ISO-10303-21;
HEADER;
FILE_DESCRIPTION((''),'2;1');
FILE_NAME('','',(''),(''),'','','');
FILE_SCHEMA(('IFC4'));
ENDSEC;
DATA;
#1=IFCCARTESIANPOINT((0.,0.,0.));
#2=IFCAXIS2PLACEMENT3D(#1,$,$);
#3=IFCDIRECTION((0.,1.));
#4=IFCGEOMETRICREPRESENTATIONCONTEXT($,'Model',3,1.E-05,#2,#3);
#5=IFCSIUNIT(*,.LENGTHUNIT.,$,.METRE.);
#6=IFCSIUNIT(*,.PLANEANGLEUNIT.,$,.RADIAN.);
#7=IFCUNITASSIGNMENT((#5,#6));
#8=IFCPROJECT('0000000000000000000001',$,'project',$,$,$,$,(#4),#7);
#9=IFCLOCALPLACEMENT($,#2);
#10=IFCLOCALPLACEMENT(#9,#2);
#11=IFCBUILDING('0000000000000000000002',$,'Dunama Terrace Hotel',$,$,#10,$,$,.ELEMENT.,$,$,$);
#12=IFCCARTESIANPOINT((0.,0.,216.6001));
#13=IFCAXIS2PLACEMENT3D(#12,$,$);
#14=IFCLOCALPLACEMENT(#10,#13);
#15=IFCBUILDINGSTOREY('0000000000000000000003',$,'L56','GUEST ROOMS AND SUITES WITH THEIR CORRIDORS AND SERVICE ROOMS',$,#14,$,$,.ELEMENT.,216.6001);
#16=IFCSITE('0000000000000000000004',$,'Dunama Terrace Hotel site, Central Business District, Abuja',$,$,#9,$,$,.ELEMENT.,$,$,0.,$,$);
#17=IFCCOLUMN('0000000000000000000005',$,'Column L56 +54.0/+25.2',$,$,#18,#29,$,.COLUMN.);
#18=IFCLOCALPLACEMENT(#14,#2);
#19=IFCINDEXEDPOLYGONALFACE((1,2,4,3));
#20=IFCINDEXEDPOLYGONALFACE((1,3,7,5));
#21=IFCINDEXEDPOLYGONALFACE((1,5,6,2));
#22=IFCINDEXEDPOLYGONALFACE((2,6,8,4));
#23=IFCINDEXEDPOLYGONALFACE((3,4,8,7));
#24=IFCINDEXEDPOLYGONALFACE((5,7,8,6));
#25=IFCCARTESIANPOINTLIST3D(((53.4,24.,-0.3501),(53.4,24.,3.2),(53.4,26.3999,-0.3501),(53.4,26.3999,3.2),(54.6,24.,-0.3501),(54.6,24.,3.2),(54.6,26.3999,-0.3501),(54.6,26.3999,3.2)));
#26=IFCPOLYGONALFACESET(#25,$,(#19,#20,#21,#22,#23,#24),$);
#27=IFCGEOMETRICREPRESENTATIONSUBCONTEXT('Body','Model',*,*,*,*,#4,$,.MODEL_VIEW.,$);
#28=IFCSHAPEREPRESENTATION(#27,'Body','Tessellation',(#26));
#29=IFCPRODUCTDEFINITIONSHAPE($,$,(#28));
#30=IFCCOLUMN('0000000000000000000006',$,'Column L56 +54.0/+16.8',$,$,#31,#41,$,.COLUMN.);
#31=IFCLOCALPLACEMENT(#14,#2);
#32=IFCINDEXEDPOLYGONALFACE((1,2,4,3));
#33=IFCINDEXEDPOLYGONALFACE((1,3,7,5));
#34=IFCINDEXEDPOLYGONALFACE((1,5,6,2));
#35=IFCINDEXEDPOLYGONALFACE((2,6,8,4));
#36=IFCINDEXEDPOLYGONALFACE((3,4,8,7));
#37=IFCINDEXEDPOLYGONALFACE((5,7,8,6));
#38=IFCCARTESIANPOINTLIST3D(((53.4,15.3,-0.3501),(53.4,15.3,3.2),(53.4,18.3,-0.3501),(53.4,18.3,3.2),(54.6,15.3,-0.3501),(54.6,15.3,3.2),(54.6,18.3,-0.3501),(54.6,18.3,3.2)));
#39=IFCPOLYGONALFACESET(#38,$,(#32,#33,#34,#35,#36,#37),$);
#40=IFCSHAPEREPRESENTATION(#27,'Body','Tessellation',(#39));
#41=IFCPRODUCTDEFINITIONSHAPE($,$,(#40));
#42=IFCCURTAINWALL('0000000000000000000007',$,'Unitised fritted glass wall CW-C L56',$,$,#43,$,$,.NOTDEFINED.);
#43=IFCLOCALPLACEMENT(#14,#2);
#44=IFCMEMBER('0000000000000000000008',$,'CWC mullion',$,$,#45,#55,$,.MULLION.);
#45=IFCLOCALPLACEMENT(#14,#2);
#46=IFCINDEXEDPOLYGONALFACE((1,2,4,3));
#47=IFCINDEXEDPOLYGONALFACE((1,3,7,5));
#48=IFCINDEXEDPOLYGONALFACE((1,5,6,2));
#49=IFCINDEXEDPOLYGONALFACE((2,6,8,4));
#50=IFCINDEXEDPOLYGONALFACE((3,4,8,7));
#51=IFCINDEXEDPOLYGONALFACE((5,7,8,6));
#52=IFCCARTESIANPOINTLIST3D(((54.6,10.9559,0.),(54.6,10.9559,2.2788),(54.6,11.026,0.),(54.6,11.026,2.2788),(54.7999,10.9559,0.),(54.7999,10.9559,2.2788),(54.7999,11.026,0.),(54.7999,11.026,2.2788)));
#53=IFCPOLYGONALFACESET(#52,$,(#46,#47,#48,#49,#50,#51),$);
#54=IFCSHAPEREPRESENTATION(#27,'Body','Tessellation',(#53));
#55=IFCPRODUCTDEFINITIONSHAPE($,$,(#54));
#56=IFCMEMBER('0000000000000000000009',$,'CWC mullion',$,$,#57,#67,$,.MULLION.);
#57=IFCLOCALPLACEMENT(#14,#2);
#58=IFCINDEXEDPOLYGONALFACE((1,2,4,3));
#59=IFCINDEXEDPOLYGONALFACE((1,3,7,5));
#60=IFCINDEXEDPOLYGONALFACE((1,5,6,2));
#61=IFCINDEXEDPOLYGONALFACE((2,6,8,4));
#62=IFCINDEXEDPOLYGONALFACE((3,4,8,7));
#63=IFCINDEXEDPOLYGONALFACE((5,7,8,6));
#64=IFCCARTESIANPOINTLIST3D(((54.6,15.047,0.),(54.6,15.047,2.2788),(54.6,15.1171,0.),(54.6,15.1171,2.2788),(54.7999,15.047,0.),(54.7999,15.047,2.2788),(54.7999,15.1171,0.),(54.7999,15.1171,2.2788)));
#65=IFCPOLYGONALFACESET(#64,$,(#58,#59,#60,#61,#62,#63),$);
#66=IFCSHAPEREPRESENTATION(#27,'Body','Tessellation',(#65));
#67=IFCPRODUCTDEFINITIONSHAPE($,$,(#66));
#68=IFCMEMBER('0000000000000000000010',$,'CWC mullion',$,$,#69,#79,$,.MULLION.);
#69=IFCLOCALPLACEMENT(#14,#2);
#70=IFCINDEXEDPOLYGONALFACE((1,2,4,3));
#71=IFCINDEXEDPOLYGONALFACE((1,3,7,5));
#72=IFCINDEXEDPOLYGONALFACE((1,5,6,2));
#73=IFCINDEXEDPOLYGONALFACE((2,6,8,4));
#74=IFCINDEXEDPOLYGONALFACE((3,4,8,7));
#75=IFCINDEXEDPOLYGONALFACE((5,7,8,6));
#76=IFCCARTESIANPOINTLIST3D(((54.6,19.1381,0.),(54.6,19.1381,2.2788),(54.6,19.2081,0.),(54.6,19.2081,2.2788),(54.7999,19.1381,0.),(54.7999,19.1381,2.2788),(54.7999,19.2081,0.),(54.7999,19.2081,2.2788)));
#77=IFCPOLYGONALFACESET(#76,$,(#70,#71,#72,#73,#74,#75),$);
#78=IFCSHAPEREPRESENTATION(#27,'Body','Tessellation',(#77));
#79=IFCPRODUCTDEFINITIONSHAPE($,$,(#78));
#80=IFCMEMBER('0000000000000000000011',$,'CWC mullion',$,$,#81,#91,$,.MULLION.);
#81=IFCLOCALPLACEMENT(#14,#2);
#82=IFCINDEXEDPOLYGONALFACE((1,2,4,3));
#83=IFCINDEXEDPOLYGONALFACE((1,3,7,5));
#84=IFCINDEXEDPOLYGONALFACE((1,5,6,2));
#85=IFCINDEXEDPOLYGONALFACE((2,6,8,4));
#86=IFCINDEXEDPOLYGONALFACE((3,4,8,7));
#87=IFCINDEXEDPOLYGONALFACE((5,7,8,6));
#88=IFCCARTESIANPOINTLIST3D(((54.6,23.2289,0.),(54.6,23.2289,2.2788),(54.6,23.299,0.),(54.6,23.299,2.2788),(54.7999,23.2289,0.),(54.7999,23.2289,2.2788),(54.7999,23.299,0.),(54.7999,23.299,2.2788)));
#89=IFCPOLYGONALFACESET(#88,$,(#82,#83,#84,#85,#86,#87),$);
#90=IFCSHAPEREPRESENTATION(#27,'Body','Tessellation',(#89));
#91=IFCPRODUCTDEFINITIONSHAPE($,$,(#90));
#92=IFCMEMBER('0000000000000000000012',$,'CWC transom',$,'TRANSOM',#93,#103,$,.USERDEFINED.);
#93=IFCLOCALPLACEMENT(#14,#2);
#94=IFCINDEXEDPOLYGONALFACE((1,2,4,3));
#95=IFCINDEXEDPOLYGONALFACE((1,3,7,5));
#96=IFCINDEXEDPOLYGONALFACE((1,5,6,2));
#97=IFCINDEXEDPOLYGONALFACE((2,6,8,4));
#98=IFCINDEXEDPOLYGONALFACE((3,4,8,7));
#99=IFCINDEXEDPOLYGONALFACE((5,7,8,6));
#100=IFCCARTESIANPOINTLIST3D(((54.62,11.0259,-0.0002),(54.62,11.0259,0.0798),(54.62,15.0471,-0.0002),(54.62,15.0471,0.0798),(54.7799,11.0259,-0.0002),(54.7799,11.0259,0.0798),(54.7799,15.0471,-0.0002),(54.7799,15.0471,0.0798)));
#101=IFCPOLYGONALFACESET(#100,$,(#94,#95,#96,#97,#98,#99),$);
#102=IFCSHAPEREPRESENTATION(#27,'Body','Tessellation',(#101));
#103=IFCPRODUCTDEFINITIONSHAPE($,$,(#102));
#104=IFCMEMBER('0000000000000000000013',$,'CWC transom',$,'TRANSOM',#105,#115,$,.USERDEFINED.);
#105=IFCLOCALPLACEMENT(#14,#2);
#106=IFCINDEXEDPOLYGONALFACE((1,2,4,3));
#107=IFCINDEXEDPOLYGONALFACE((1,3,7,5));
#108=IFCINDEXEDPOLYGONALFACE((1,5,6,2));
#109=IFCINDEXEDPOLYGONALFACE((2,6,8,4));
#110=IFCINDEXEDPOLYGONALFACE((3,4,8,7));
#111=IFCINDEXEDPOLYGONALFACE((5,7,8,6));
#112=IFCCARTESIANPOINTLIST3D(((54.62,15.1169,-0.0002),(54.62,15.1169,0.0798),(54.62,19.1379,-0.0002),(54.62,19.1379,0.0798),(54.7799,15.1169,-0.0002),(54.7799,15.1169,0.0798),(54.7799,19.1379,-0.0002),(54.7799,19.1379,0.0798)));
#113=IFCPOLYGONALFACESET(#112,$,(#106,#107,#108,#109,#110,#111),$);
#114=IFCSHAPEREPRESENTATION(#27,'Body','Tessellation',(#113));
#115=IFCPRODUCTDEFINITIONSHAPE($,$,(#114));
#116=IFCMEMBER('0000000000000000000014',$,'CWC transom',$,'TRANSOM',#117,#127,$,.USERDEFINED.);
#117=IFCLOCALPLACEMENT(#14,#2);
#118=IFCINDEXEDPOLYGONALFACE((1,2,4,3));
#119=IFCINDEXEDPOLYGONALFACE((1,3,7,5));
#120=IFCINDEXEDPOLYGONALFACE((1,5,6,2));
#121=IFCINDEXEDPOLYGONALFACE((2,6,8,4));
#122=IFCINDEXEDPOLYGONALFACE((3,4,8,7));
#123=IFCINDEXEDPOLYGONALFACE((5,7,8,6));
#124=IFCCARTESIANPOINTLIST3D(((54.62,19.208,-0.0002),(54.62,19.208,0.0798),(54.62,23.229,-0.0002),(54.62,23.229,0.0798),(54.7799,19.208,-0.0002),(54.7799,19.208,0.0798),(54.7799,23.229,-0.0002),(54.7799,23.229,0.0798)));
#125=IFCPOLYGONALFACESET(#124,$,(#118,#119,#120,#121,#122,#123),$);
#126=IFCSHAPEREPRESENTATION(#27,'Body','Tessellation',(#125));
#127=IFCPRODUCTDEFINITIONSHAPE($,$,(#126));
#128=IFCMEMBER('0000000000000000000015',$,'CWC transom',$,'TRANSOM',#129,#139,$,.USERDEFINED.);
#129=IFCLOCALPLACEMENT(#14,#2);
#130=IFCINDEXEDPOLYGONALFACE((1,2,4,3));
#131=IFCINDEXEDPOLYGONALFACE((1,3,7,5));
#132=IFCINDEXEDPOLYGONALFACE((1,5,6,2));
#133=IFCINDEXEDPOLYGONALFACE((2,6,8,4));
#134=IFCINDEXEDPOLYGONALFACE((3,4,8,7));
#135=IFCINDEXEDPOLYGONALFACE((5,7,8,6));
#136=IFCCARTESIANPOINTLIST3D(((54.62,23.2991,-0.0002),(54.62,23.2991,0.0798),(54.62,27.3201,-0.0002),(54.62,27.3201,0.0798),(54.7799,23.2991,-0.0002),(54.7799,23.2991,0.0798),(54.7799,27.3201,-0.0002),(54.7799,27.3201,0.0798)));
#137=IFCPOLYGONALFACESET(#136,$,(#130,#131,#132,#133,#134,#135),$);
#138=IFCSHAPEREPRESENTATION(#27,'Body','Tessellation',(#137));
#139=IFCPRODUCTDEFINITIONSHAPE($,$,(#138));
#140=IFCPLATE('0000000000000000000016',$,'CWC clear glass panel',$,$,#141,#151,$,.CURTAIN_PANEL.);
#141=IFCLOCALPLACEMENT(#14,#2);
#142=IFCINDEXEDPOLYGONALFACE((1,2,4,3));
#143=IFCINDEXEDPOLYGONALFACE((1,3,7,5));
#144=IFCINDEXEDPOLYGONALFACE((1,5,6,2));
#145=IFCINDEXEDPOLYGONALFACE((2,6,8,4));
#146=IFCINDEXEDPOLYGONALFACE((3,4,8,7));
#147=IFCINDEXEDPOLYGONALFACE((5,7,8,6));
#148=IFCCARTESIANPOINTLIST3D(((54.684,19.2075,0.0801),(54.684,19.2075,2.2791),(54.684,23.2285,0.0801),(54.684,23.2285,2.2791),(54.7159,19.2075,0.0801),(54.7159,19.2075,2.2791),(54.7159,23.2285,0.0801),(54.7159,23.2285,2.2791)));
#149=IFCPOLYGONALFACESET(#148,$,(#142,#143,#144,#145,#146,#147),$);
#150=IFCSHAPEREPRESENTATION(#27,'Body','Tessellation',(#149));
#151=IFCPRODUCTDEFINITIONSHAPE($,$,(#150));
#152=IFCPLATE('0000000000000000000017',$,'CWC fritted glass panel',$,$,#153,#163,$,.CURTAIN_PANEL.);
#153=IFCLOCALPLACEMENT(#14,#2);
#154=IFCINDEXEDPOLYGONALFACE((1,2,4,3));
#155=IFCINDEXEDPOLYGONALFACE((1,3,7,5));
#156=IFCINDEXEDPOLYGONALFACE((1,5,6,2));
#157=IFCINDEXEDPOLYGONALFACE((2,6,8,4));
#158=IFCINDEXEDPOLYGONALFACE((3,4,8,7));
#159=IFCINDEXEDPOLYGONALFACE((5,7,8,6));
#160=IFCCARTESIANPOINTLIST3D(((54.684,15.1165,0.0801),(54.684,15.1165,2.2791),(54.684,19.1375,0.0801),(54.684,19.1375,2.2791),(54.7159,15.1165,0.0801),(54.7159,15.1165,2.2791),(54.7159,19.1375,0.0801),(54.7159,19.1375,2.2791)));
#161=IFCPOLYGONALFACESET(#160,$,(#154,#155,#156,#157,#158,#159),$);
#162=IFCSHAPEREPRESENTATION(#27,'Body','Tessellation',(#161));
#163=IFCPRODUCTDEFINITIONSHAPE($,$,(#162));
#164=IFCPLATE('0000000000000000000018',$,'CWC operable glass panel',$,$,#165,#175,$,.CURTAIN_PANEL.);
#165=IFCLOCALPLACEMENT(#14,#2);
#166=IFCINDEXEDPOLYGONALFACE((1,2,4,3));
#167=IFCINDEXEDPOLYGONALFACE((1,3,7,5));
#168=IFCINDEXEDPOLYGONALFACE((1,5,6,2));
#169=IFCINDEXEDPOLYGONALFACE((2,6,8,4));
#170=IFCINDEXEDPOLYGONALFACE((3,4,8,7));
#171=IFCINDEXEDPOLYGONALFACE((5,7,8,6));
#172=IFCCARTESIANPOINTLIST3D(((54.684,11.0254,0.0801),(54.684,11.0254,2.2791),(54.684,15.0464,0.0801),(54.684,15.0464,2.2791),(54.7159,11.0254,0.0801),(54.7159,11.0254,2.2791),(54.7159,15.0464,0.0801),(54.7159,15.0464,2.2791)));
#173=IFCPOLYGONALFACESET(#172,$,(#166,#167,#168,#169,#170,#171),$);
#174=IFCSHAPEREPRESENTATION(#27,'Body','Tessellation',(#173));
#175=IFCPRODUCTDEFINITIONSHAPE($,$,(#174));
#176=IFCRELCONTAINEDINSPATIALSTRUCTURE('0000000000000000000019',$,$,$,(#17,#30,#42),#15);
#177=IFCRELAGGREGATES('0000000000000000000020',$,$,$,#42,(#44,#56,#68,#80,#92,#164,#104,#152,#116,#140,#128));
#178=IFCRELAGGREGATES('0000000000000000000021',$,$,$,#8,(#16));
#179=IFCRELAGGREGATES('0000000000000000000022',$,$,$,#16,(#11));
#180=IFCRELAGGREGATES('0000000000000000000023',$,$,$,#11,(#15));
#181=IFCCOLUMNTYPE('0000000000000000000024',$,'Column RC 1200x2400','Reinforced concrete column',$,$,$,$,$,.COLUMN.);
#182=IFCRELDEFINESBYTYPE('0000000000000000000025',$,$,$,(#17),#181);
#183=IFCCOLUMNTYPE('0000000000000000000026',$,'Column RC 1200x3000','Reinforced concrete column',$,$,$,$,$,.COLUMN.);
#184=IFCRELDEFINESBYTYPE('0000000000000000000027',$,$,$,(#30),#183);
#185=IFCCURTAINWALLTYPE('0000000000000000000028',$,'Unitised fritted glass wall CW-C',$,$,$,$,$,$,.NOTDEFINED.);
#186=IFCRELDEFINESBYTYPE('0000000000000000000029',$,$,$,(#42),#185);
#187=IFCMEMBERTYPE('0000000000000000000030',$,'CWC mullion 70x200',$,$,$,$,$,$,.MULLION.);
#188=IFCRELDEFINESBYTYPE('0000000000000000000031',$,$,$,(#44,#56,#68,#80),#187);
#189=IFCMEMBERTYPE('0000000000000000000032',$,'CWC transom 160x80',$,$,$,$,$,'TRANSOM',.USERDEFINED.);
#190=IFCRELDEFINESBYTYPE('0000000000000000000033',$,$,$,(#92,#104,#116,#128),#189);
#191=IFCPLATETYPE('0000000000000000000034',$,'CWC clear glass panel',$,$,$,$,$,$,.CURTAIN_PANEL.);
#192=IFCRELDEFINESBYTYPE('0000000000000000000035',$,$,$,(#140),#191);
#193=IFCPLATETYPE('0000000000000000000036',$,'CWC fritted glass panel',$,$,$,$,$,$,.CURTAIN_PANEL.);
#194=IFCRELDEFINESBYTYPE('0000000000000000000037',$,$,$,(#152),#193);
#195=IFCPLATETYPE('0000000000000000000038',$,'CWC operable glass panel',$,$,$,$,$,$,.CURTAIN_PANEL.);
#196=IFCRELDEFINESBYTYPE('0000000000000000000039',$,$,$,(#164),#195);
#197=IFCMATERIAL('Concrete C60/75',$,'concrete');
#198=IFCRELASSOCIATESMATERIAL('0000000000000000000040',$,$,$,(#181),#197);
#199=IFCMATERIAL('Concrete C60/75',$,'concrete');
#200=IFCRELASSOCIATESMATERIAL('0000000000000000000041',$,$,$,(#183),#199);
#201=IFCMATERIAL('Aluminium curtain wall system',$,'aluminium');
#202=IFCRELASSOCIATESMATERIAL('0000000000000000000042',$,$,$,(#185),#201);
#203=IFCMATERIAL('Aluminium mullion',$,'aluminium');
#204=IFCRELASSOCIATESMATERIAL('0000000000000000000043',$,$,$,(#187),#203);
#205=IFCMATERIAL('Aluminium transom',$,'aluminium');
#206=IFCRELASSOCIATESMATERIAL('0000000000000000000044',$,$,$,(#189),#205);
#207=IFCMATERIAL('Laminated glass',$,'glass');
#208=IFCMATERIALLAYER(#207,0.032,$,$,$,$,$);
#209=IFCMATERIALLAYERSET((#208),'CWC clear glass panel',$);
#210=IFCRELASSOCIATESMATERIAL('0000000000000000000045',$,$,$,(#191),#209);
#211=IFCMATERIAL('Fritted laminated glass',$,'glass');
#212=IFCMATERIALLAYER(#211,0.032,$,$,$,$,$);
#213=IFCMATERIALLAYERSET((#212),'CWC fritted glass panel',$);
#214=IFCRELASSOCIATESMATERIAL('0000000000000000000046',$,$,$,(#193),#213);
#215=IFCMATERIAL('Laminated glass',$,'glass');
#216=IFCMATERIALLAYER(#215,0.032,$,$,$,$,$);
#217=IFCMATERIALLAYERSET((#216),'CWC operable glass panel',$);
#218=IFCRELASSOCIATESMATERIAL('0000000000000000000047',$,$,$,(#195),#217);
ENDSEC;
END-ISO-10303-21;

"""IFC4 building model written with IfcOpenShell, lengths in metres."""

from ifc_helpers import new_model, si_unit, direction, frame, origin, origin_2d, place, context, subcontext, project, spatial, rectangle, extrude, material, layer, layer_set, material_profile, profile_set, type_object, element, aggregate, save


model = new_model("IFC4")

# Units and contexts
model_context = context("Model", 3, precision=1e-05, world=origin(), true_north=direction((0.0, 1.0)))
body_context = subcontext(model_context, "Body", "Model", "MODEL_VIEW")
ifc_project = project(units=[si_unit("LENGTHUNIT", "METRE"), si_unit("PLANEANGLEUNIT", "RADIAN")], contexts=[model_context])

# Site, building, storey
site_placement = place(None, origin())
site = spatial("IfcSite", under=ifc_project, at=site_placement, Name="Dunama Terrace Hotel site, Central Business District, Abuja", CompositionType="ELEMENT", RefElevation=0.0)
building_placement = place(site_placement, origin())
building = spatial("IfcBuilding", under=site, at=building_placement, Name="Dunama Terrace Hotel", CompositionType="ELEMENT")
storey_placement = place(building_placement, frame((0.0, 0.0, 216.6001)))
storey = spatial("IfcBuildingStorey", under=building, at=storey_placement, Name="L56", Description="GUEST ROOMS AND SUITES WITH THEIR CORRIDORS AND SERVICE ROOMS", CompositionType="ELEMENT", Elevation=216.6001)

# Columns
ifc_material_1 = material(Name="Concrete C60/75", Category="concrete")
ifc_material_profile_1 = material_profile(ifc_material_1, rectangle(XDim=1.2, YDim=2.3999, at=origin_2d()), Name="RC 1200x2400")
ifc_profile_set_1 = profile_set([ifc_material_profile_1], Name="Concrete C60/75")
column_type_1 = type_object("IfcColumnType", Name="Column RC 1200x2400", Description="Reinforced concrete column", PredefinedType="COLUMN", material=ifc_profile_set_1)
column_1_placement = place(storey_placement, frame((54.0, 25.2, -0.3501), z_axis=(0.0, 0.0, 1.0), x_axis=(1.0, 0.0, 0.0)))
element("IfcColumn", 1, at=column_1_placement, inside=storey, type_object=column_type_1, Name="Column L56 +54.0/+25.2", PredefinedType="COLUMN", context=body_context, shape_type="SweptSolid", body=[
    extrude(rectangle(XDim=1.2, YDim=2.3999, at=origin_2d()), origin(), (0.0, 0.0, 1.0), 3.55),
])
ifc_material_2 = material(Name="Concrete C60/75", Category="concrete")
ifc_material_profile_2 = material_profile(ifc_material_2, rectangle(XDim=1.2, YDim=3.0, at=origin_2d()), Name="RC 1200x3000")
ifc_profile_set_2 = profile_set([ifc_material_profile_2], Name="Concrete C60/75")
column_type_2 = type_object("IfcColumnType", Name="Column RC 1200x3000", Description="Reinforced concrete column", PredefinedType="COLUMN", material=ifc_profile_set_2)
column_2_placement = place(storey_placement, frame((54.0, 16.8, -0.3501), z_axis=(0.0, 0.0, 1.0), x_axis=(1.0, 0.0, 0.0)))
element("IfcColumn", 2, at=column_2_placement, inside=storey, type_object=column_type_2, Name="Column L56 +54.0/+16.8", PredefinedType="COLUMN", context=body_context, shape_type="SweptSolid", body=[
    extrude(rectangle(XDim=1.2, YDim=3.0, at=origin_2d()), origin(), (0.0, 0.0, 1.0), 3.55),
])

# Curtain wall, members, plates
ifc_material_3 = material(Name="Aluminium curtain wall system", Category="aluminium")
curtain_wall_type = type_object("IfcCurtainWallType", Name="Unitised fritted glass wall CW-C", PredefinedType="NOTDEFINED", material=ifc_material_3)
curtain_wall_placement = place(storey_placement, origin())
curtain_wall = element("IfcCurtainWall", 3, at=curtain_wall_placement, inside=storey, type_object=curtain_wall_type, Name="Unitised fritted glass wall CW-C L56", PredefinedType="NOTDEFINED")
ifc_material_4 = material(Name="Aluminium mullion", Category="aluminium")
ifc_material_profile_3 = material_profile(ifc_material_4, rectangle(XDim=0.0701, YDim=0.2, at=origin_2d()), Name="CWC MULLION 70X200")
ifc_profile_set_3 = profile_set([ifc_material_profile_3], Name="Aluminium mullion")
member_type_1 = type_object("IfcMemberType", Name="CWC mullion 70x200", PredefinedType="MULLION", material=ifc_profile_set_3)
member_1_placement = place(storey_placement, frame((54.7, 10.991, 0.0), z_axis=(0.0, 0.0, 1.0), x_axis=(0.0, 1.0, 0.0)))
member_1 = element("IfcMember", 4, at=member_1_placement, type_object=member_type_1, Name="CWC mullion", PredefinedType="MULLION", context=body_context, shape_type="SweptSolid", body=[
    extrude(rectangle(XDim=0.0701, YDim=0.2, at=origin_2d()), origin(), (0.0, 0.0, 1.0), 2.2788),
])
member_2_placement = place(storey_placement, frame((54.7, 15.082, 0.0), z_axis=(0.0, 0.0, 1.0), x_axis=(0.0, 1.0, 0.0)))
member_2 = element("IfcMember", 5, at=member_2_placement, type_object=member_type_1, Name="CWC mullion", PredefinedType="MULLION", context=body_context, shape_type="SweptSolid", body=[
    extrude(rectangle(XDim=0.0701, YDim=0.2, at=origin_2d()), origin(), (0.0, 0.0, 1.0), 2.2788),
])
member_3_placement = place(storey_placement, frame((54.7, 19.1731, 0.0), z_axis=(0.0, 0.0, 1.0), x_axis=(0.0, 1.0, 0.0)))
member_3 = element("IfcMember", 6, at=member_3_placement, type_object=member_type_1, Name="CWC mullion", PredefinedType="MULLION", context=body_context, shape_type="SweptSolid", body=[
    extrude(rectangle(XDim=0.0701, YDim=0.2, at=origin_2d()), origin(), (0.0, 0.0, 1.0), 2.2788),
])
member_4_placement = place(storey_placement, frame((54.7, 23.2639, 0.0), z_axis=(0.0, 0.0, 1.0), x_axis=(0.0, 1.0, 0.0)))
member_4 = element("IfcMember", 7, at=member_4_placement, type_object=member_type_1, Name="CWC mullion", PredefinedType="MULLION", context=body_context, shape_type="SweptSolid", body=[
    extrude(rectangle(XDim=0.0701, YDim=0.2, at=origin_2d()), origin(), (0.0, 0.0, 1.0), 2.2788),
])
ifc_material_5 = material(Name="Aluminium transom", Category="aluminium")
ifc_material_profile_4 = material_profile(ifc_material_5, rectangle(XDim=0.1599, YDim=0.0801, at=origin_2d()), Name="CWC TRANSOM 160X80")
ifc_profile_set_4 = profile_set([ifc_material_profile_4], Name="Aluminium transom")
member_type_2 = type_object("IfcMemberType", Name="CWC transom 160x80", ElementType="TRANSOM", PredefinedType="USERDEFINED", material=ifc_profile_set_4)
member_5_placement = place(storey_placement, frame((54.7, 11.0259, 0.0398), z_axis=(0.0, 1.0, 0.0), x_axis=(-1.0, 0.0, 0.0)))
member_5 = element("IfcMember", 8, at=member_5_placement, type_object=member_type_2, Name="CWC transom", ObjectType="TRANSOM", PredefinedType="USERDEFINED", context=body_context, shape_type="SweptSolid", body=[
    extrude(rectangle(XDim=0.1599, YDim=0.0801, at=origin_2d()), origin(), (0.0, 0.0, 1.0), 4.0212),
])
member_6_placement = place(storey_placement, frame((54.7, 15.1169, 0.0398), z_axis=(0.0, 1.0, 0.0), x_axis=(-1.0, 0.0, 0.0)))
member_6 = element("IfcMember", 9, at=member_6_placement, type_object=member_type_2, Name="CWC transom", ObjectType="TRANSOM", PredefinedType="USERDEFINED", context=body_context, shape_type="SweptSolid", body=[
    extrude(rectangle(XDim=0.1599, YDim=0.0801, at=origin_2d()), origin(), (0.0, 0.0, 1.0), 4.021),
])
member_7_placement = place(storey_placement, frame((54.7, 19.208, 0.0398), z_axis=(0.0, 1.0, 0.0), x_axis=(-1.0, 0.0, 0.0)))
member_7 = element("IfcMember", 10, at=member_7_placement, type_object=member_type_2, Name="CWC transom", ObjectType="TRANSOM", PredefinedType="USERDEFINED", context=body_context, shape_type="SweptSolid", body=[
    extrude(rectangle(XDim=0.1599, YDim=0.0801, at=origin_2d()), origin(), (0.0, 0.0, 1.0), 4.021),
])
member_8_placement = place(storey_placement, frame((54.7, 23.2991, 0.0398), z_axis=(0.0, 1.0, 0.0), x_axis=(-1.0, 0.0, 0.0)))
member_8 = element("IfcMember", 11, at=member_8_placement, type_object=member_type_2, Name="CWC transom", ObjectType="TRANSOM", PredefinedType="USERDEFINED", context=body_context, shape_type="SweptSolid", body=[
    extrude(rectangle(XDim=0.1599, YDim=0.0801, at=origin_2d()), origin(), (0.0, 0.0, 1.0), 4.021),
])
ifc_material_6 = material(Name="Laminated glass", Category="glass")
ifc_layer_1 = layer(ifc_material_6, 0.032)
ifc_layer_set_1 = layer_set([ifc_layer_1], Name="CWC clear glass panel")
plate_type_1 = type_object("IfcPlateType", Name="CWC clear glass panel", PredefinedType="CURTAIN_PANEL", material=ifc_layer_set_1)
plate_1_placement = place(storey_placement, frame((54.7, 21.218, 0.0801), z_axis=(0.0, 0.0, 1.0), x_axis=(0.0, 1.0, 0.0)))
plate_1 = element("IfcPlate", 12, at=plate_1_placement, type_object=plate_type_1, Name="CWC clear glass panel", PredefinedType="CURTAIN_PANEL", context=body_context, shape_type="SweptSolid", body=[
    extrude(rectangle(XDim=4.021, YDim=0.032, at=origin_2d()), origin(), (0.0, 0.0, 1.0), 2.199),
])
ifc_material_7 = material(Name="Fritted laminated glass", Category="glass")
ifc_layer_2 = layer(ifc_material_7, 0.032)
ifc_layer_set_2 = layer_set([ifc_layer_2], Name="CWC fritted glass panel")
plate_type_2 = type_object("IfcPlateType", Name="CWC fritted glass panel", PredefinedType="CURTAIN_PANEL", material=ifc_layer_set_2)
plate_2_placement = place(storey_placement, frame((54.7, 17.127, 0.0801), z_axis=(0.0, 0.0, 1.0), x_axis=(0.0, 1.0, 0.0)))
plate_2 = element("IfcPlate", 13, at=plate_2_placement, type_object=plate_type_2, Name="CWC fritted glass panel", PredefinedType="CURTAIN_PANEL", context=body_context, shape_type="SweptSolid", body=[
    extrude(rectangle(XDim=4.021, YDim=0.032, at=origin_2d()), origin(), (0.0, 0.0, 1.0), 2.199),
])
ifc_material_8 = material(Name="Laminated glass", Category="glass")
ifc_layer_3 = layer(ifc_material_8, 0.032)
ifc_layer_set_3 = layer_set([ifc_layer_3], Name="CWC operable glass panel")
plate_type_3 = type_object("IfcPlateType", Name="CWC operable glass panel", PredefinedType="CURTAIN_PANEL", material=ifc_layer_set_3)
plate_3_placement = place(storey_placement, frame((54.7, 13.0359, 0.0801), z_axis=(0.0, 0.0, 1.0), x_axis=(0.0, 1.0, 0.0)))
plate_3 = element("IfcPlate", 14, at=plate_3_placement, type_object=plate_type_3, Name="CWC operable glass panel", PredefinedType="CURTAIN_PANEL", context=body_context, shape_type="SweptSolid", body=[
    extrude(rectangle(XDim=4.021, YDim=0.032, at=origin_2d()), origin(), (0.0, 0.0, 1.0), 2.199),
])
aggregate(curtain_wall, [member_1, member_2, member_3, member_4, member_5, plate_3, member_6, plate_2, member_7, plate_1, member_8])

save(model, "model.ifc")
